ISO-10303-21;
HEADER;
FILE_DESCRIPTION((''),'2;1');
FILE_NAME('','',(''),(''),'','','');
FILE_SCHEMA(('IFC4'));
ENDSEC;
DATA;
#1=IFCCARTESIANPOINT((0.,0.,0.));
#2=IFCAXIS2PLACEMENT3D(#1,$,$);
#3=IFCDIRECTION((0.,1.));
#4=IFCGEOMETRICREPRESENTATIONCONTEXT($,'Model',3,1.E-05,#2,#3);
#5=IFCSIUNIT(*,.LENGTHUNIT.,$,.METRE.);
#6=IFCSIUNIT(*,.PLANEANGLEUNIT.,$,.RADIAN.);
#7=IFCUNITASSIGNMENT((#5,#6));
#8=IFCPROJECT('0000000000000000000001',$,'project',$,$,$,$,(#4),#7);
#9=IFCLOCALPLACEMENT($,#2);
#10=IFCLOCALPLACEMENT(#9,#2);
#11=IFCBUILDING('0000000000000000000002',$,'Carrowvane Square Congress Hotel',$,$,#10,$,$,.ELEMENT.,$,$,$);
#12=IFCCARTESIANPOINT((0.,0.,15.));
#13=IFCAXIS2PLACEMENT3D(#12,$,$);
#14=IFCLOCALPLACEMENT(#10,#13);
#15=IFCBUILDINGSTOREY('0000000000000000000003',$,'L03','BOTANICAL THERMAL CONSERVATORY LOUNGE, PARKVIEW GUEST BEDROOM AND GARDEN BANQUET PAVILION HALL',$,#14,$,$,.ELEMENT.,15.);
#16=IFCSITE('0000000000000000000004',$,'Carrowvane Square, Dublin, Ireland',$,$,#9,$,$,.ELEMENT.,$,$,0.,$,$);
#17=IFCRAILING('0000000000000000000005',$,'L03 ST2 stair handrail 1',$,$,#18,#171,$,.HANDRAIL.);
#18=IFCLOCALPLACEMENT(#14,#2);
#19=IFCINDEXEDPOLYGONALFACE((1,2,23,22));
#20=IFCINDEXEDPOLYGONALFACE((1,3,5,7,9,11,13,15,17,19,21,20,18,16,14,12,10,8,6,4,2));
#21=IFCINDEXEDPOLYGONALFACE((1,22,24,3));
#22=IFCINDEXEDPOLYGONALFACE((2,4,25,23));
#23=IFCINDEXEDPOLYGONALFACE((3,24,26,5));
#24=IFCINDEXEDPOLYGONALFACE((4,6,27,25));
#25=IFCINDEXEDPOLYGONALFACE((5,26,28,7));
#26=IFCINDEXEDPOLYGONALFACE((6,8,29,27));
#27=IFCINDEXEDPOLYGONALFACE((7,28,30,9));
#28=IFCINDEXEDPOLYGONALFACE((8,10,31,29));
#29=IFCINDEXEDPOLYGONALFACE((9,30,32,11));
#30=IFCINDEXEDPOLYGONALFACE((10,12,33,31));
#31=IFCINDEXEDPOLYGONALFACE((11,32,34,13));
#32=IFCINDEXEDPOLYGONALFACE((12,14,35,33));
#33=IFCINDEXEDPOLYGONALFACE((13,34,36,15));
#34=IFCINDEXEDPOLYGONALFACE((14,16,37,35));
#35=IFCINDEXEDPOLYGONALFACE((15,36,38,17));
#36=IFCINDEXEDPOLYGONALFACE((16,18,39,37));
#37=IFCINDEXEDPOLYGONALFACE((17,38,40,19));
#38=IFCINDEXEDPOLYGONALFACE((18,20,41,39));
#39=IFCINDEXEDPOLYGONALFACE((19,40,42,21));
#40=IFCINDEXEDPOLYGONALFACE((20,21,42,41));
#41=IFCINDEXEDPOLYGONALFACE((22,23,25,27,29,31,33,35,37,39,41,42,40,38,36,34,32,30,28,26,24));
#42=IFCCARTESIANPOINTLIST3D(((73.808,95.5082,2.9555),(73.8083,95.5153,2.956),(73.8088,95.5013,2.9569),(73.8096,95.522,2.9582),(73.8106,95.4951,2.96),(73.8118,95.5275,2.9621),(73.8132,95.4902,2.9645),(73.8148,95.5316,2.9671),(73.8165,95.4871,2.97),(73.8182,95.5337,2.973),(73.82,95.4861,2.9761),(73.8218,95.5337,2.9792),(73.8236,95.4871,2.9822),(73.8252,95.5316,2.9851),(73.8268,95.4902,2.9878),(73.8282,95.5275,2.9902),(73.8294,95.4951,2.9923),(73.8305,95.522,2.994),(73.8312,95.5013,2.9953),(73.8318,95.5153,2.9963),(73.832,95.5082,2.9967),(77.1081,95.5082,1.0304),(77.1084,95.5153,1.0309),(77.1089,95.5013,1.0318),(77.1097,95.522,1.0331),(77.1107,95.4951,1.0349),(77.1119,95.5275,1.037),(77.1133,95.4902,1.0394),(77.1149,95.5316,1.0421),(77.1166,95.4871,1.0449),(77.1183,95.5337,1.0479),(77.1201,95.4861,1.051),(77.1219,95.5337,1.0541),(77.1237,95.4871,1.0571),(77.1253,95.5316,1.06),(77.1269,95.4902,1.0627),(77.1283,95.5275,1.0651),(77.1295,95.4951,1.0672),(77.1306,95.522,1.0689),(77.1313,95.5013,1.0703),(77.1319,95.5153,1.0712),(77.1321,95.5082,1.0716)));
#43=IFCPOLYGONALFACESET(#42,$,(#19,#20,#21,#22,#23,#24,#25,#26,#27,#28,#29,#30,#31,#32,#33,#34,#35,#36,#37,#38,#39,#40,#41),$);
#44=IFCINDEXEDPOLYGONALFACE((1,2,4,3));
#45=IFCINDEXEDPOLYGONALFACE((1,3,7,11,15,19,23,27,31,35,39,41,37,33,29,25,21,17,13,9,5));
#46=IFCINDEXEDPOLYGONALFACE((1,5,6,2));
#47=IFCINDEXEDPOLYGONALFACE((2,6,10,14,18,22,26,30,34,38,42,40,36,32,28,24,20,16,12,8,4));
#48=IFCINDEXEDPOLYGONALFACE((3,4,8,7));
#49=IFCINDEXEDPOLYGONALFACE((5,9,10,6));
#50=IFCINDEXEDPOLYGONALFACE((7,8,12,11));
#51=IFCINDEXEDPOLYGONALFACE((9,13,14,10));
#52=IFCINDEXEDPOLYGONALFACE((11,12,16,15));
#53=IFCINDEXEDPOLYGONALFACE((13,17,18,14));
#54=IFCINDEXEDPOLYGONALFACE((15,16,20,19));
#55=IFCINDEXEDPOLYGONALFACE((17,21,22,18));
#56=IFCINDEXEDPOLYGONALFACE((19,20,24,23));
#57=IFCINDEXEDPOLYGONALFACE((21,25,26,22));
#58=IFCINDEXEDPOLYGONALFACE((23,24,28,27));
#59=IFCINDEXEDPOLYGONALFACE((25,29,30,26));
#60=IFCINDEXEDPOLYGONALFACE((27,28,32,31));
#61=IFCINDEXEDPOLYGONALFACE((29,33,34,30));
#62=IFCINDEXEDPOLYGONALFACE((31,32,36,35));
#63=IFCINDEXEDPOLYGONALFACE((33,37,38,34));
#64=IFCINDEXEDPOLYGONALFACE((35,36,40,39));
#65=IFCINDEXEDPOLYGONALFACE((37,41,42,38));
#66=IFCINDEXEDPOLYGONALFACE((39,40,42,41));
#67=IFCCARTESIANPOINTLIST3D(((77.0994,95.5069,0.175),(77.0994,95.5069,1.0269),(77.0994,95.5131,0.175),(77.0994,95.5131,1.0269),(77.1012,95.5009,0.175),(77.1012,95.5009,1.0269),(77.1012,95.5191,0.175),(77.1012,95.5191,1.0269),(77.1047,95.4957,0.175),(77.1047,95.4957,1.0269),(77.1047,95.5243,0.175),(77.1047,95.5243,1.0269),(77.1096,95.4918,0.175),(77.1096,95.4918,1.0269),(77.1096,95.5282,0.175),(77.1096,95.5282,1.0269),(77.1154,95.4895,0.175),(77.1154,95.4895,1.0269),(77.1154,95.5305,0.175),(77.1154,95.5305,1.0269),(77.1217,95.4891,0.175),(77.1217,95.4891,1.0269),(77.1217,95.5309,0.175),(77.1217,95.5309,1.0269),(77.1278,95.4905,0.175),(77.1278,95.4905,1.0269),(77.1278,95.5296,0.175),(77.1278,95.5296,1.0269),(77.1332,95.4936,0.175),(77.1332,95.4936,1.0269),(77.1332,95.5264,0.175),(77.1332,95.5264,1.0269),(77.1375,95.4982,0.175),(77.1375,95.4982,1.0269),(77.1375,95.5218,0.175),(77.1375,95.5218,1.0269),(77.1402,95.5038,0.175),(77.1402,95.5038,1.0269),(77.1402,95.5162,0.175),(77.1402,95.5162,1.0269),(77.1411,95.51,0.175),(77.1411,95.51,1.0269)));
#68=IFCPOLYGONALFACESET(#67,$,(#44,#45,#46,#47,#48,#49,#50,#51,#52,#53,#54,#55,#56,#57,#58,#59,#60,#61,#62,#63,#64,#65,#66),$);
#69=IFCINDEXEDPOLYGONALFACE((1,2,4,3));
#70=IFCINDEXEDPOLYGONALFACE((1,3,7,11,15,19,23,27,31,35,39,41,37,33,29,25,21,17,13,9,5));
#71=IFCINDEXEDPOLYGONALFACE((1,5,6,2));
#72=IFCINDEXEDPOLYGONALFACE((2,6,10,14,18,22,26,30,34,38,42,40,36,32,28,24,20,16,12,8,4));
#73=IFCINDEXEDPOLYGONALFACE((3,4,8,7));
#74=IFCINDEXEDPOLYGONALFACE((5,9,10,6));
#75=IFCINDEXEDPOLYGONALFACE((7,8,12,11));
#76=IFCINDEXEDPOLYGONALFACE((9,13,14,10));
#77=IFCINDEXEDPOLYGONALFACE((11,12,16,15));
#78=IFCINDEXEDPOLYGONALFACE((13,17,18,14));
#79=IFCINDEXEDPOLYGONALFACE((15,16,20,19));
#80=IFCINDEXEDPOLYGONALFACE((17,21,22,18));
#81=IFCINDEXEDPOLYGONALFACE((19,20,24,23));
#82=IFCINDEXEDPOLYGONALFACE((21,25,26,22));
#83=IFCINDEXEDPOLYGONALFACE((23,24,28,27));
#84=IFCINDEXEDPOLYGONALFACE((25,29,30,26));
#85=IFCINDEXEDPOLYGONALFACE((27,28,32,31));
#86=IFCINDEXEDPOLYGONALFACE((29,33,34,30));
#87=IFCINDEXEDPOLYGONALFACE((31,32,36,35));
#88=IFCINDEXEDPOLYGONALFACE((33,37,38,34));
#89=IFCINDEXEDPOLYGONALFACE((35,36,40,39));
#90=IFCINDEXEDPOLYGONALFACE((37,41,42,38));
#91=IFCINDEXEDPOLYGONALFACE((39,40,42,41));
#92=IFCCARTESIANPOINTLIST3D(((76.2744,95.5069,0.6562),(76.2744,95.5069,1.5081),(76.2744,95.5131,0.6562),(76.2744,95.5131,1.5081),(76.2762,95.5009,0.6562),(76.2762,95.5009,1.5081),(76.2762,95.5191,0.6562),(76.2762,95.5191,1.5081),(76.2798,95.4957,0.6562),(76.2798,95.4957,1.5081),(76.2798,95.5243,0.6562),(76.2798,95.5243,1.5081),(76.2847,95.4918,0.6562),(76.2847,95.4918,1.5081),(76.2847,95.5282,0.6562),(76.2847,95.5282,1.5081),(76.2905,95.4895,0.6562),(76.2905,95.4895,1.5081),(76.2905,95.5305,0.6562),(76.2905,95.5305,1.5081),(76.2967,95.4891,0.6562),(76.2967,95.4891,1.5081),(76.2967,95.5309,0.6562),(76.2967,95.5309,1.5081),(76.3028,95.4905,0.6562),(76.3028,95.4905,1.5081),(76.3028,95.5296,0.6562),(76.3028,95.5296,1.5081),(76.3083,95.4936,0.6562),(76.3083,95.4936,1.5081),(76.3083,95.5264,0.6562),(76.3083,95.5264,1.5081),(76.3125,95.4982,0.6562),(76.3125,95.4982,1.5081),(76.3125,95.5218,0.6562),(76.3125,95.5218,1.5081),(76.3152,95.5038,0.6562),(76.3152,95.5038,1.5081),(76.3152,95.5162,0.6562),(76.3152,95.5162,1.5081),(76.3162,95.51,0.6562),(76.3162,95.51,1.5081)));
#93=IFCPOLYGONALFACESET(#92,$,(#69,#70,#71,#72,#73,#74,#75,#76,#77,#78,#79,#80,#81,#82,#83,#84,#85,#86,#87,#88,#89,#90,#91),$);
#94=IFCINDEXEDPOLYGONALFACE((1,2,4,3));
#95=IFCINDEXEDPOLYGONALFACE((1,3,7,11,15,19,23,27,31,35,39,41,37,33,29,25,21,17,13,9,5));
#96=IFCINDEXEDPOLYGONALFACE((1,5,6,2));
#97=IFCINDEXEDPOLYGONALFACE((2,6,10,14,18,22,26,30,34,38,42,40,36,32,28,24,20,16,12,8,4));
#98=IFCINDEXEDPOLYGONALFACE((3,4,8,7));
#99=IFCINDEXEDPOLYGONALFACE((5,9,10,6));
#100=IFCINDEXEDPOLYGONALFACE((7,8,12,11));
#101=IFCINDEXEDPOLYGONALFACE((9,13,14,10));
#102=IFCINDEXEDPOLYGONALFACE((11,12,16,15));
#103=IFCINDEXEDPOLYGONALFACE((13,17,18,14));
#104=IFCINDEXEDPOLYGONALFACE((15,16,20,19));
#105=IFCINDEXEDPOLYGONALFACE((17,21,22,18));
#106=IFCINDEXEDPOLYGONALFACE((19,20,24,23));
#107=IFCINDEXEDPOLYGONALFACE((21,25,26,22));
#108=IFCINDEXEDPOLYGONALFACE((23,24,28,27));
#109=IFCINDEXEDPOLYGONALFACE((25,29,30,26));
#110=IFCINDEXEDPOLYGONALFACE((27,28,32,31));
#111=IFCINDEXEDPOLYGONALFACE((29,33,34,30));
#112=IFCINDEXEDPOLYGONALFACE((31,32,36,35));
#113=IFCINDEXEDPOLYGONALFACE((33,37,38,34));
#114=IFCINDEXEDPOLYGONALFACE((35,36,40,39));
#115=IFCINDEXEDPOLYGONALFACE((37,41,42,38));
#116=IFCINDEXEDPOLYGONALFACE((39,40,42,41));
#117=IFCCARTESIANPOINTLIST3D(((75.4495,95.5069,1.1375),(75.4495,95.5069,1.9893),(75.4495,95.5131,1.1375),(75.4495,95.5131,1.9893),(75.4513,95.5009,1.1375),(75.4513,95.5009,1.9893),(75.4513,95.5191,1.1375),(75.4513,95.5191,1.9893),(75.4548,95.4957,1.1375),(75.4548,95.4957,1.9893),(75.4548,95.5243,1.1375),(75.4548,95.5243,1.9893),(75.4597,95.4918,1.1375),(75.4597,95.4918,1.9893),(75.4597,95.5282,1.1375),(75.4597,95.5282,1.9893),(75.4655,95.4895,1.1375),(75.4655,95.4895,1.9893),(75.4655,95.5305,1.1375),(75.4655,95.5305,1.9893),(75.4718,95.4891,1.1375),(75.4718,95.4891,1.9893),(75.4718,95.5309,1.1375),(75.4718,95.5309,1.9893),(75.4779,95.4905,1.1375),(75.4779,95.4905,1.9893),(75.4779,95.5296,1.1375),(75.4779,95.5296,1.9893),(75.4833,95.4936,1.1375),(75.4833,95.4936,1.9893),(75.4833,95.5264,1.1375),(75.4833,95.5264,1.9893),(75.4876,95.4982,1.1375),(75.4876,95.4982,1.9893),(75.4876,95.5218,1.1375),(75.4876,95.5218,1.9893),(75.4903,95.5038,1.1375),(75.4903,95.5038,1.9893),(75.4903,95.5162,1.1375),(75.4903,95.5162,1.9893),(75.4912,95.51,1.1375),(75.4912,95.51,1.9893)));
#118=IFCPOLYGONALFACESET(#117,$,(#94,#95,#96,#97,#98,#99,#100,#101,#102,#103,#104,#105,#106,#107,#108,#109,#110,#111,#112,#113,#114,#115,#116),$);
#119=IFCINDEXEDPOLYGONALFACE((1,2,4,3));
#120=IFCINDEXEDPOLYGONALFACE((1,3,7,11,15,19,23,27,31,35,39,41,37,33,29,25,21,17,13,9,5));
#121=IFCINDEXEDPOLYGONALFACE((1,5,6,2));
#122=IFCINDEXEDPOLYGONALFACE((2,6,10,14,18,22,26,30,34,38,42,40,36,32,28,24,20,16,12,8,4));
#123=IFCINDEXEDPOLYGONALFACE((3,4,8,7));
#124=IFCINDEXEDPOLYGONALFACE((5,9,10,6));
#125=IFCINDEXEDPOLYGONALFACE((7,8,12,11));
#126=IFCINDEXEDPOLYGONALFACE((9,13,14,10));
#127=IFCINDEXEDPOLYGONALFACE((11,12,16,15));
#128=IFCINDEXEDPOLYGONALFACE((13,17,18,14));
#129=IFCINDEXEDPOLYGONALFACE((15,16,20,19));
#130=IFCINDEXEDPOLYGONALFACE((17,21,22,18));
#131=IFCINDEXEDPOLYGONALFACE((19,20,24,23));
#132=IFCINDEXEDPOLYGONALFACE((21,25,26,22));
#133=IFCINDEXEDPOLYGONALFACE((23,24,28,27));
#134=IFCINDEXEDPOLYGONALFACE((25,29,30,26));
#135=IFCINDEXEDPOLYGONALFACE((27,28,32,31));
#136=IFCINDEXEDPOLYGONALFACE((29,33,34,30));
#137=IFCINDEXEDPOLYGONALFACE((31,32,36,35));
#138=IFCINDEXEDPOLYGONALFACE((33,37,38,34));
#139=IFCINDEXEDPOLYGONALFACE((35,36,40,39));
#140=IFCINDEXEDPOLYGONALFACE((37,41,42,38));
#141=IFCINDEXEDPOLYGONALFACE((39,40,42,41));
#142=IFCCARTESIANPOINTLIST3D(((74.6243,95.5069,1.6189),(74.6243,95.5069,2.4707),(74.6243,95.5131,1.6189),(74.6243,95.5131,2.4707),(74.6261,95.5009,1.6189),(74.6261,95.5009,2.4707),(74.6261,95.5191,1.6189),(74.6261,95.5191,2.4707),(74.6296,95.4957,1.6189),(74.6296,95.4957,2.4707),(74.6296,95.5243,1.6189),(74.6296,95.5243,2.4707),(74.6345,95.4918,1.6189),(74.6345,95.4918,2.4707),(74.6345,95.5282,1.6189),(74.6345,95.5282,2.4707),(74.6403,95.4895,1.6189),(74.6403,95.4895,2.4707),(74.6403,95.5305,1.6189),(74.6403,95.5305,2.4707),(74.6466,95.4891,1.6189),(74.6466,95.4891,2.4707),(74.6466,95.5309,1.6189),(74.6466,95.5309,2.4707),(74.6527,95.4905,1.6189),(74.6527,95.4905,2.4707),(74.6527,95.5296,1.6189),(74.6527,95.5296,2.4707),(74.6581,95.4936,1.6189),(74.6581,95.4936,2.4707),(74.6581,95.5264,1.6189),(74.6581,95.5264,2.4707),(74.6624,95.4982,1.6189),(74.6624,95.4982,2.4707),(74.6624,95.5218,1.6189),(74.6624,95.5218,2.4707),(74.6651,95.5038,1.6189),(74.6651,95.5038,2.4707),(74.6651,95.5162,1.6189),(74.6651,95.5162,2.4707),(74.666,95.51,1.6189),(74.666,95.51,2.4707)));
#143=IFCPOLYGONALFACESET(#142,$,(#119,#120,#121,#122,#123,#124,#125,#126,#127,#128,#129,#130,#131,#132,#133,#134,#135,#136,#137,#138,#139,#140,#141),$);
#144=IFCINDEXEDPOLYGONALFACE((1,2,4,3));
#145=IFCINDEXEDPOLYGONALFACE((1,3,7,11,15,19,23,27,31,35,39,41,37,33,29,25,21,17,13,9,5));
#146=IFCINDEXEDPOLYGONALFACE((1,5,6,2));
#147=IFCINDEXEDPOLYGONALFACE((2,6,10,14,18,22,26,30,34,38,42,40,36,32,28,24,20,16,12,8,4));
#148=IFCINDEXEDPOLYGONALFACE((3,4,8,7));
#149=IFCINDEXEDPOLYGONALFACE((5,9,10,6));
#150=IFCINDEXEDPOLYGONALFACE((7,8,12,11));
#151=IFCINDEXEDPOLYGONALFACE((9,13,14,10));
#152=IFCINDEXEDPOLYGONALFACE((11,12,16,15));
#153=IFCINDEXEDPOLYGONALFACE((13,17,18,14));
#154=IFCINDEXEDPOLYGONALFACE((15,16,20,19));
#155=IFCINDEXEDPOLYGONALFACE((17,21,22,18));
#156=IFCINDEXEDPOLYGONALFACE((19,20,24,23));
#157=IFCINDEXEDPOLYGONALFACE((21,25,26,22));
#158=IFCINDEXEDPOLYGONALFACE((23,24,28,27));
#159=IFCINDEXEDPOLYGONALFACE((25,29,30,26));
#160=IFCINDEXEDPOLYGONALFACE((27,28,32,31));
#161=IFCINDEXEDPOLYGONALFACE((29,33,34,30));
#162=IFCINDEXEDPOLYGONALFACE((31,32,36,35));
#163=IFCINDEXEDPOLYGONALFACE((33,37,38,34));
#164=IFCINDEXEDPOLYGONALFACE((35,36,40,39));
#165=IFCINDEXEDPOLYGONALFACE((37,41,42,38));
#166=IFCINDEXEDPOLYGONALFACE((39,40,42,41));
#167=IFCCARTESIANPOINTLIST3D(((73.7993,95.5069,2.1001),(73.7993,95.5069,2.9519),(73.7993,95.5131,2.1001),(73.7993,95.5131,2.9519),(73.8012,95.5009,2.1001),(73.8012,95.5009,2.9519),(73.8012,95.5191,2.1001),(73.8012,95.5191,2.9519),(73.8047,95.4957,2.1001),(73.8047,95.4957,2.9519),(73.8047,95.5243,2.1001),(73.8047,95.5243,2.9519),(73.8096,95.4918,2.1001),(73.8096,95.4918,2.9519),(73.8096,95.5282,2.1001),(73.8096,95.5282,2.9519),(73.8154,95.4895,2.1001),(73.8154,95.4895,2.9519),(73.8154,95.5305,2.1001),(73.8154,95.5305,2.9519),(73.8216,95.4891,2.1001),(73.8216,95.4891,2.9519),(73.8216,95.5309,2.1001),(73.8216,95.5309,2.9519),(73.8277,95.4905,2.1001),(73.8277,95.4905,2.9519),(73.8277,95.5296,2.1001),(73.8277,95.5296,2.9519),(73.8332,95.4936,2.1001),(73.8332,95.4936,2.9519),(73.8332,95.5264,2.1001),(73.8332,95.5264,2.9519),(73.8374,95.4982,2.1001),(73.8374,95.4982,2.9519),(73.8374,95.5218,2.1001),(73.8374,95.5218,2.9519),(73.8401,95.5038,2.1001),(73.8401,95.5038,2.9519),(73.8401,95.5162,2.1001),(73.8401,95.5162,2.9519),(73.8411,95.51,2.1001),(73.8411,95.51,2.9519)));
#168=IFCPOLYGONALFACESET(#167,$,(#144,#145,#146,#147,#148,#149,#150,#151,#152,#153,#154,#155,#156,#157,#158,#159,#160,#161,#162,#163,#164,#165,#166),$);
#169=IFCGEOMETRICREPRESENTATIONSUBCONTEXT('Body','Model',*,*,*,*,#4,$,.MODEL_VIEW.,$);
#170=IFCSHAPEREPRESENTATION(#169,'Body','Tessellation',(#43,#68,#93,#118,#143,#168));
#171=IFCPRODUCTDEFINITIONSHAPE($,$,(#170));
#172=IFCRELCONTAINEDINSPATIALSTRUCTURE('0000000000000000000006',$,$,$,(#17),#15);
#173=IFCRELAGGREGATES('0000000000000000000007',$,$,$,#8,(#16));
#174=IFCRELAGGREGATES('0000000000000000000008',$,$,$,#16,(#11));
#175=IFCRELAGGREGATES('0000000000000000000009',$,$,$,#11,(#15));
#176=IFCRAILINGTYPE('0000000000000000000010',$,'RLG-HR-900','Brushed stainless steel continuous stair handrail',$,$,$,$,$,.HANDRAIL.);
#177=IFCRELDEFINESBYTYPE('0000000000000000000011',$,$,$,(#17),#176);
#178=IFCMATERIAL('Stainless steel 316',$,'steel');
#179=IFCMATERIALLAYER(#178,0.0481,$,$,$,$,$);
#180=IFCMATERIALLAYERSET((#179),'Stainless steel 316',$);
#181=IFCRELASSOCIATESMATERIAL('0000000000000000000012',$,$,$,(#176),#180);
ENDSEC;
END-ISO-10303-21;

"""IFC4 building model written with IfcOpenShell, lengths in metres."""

from ifc_helpers import new_model, si_unit, direction, frame, origin, origin_2d, place, context, subcontext, project, spatial, circle, extrude, material, layer, layer_set, type_object, element, save


model = new_model("IFC4")

# Units and contexts
model_context = context("Model", 3, precision=1e-05, world=origin(), true_north=direction((0.0, 1.0)))
body_context = subcontext(model_context, "Body", "Model", "MODEL_VIEW")
ifc_project = project(units=[si_unit("LENGTHUNIT", "METRE"), si_unit("PLANEANGLEUNIT", "RADIAN")], contexts=[model_context])

# Site, building, storey
site_placement = place(None, origin())
site = spatial("IfcSite", under=ifc_project, at=site_placement, Name="Carrowvane Square, Dublin, Ireland", CompositionType="ELEMENT", RefElevation=0.0)
building_placement = place(site_placement, origin())
building = spatial("IfcBuilding", under=site, at=building_placement, Name="Carrowvane Square Congress Hotel", CompositionType="ELEMENT")
storey_placement = place(building_placement, frame((0.0, 0.0, 15.0)))
storey = spatial("IfcBuildingStorey", under=building, at=storey_placement, Name="L03", Description="BOTANICAL THERMAL CONSERVATORY LOUNGE, PARKVIEW GUEST BEDROOM AND GARDEN BANQUET PAVILION HALL", CompositionType="ELEMENT", Elevation=15.0)

# Railing
ifc_material_1 = material(Name="Stainless steel 316", Category="steel")
ifc_layer_1 = layer(ifc_material_1, 0.0481)
ifc_layer_set_1 = layer_set([ifc_layer_1], Name="Stainless steel 316")
railing_type = type_object("IfcRailingType", Name="RLG-HR-900", Description="Brushed stainless steel continuous stair handrail", PredefinedType="HANDRAIL", material=ifc_layer_set_1)
railing_placement = place(storey_placement, frame((77.1201, 95.51, 0.175)))
element("IfcRailing", 1, at=railing_placement, inside=storey, type_object=railing_type, Name="L03 ST2 stair handrail 1", PredefinedType="HANDRAIL", context=body_context, shape_type="SweptSolid", body=[
    extrude(circle(Radius=0.0239, at=origin_2d()), frame((0.0, 0.0, 0.876), z_axis=(-0.863777, 0.0, 0.503875), x_axis=(0.0, -1.0, 0.0)), (0.0, 0.0, 1.0), 3.8206),
    extrude(circle(Radius=0.021, at=origin_2d()), origin(), (0.0, 0.0, 1.0), 0.8518),
    extrude(circle(Radius=0.021, at=origin_2d()), frame((-0.825, 0.0, 0.4812)), (0.0, 0.0, 1.0), 0.8518),
    extrude(circle(Radius=0.021, at=origin_2d()), frame((-1.6499, 0.0, 0.9624)), (0.0, 0.0, 1.0), 0.8518),
    extrude(circle(Radius=0.021, at=origin_2d()), frame((-2.4751, 0.0, 1.4438)), (0.0, 0.0, 1.0), 0.8518),
    extrude(circle(Radius=0.021, at=origin_2d()), frame((-3.3, 0.0, 1.925)), (0.0, 0.0, 1.0), 0.8518),
])

save(model, "model.ifc")
